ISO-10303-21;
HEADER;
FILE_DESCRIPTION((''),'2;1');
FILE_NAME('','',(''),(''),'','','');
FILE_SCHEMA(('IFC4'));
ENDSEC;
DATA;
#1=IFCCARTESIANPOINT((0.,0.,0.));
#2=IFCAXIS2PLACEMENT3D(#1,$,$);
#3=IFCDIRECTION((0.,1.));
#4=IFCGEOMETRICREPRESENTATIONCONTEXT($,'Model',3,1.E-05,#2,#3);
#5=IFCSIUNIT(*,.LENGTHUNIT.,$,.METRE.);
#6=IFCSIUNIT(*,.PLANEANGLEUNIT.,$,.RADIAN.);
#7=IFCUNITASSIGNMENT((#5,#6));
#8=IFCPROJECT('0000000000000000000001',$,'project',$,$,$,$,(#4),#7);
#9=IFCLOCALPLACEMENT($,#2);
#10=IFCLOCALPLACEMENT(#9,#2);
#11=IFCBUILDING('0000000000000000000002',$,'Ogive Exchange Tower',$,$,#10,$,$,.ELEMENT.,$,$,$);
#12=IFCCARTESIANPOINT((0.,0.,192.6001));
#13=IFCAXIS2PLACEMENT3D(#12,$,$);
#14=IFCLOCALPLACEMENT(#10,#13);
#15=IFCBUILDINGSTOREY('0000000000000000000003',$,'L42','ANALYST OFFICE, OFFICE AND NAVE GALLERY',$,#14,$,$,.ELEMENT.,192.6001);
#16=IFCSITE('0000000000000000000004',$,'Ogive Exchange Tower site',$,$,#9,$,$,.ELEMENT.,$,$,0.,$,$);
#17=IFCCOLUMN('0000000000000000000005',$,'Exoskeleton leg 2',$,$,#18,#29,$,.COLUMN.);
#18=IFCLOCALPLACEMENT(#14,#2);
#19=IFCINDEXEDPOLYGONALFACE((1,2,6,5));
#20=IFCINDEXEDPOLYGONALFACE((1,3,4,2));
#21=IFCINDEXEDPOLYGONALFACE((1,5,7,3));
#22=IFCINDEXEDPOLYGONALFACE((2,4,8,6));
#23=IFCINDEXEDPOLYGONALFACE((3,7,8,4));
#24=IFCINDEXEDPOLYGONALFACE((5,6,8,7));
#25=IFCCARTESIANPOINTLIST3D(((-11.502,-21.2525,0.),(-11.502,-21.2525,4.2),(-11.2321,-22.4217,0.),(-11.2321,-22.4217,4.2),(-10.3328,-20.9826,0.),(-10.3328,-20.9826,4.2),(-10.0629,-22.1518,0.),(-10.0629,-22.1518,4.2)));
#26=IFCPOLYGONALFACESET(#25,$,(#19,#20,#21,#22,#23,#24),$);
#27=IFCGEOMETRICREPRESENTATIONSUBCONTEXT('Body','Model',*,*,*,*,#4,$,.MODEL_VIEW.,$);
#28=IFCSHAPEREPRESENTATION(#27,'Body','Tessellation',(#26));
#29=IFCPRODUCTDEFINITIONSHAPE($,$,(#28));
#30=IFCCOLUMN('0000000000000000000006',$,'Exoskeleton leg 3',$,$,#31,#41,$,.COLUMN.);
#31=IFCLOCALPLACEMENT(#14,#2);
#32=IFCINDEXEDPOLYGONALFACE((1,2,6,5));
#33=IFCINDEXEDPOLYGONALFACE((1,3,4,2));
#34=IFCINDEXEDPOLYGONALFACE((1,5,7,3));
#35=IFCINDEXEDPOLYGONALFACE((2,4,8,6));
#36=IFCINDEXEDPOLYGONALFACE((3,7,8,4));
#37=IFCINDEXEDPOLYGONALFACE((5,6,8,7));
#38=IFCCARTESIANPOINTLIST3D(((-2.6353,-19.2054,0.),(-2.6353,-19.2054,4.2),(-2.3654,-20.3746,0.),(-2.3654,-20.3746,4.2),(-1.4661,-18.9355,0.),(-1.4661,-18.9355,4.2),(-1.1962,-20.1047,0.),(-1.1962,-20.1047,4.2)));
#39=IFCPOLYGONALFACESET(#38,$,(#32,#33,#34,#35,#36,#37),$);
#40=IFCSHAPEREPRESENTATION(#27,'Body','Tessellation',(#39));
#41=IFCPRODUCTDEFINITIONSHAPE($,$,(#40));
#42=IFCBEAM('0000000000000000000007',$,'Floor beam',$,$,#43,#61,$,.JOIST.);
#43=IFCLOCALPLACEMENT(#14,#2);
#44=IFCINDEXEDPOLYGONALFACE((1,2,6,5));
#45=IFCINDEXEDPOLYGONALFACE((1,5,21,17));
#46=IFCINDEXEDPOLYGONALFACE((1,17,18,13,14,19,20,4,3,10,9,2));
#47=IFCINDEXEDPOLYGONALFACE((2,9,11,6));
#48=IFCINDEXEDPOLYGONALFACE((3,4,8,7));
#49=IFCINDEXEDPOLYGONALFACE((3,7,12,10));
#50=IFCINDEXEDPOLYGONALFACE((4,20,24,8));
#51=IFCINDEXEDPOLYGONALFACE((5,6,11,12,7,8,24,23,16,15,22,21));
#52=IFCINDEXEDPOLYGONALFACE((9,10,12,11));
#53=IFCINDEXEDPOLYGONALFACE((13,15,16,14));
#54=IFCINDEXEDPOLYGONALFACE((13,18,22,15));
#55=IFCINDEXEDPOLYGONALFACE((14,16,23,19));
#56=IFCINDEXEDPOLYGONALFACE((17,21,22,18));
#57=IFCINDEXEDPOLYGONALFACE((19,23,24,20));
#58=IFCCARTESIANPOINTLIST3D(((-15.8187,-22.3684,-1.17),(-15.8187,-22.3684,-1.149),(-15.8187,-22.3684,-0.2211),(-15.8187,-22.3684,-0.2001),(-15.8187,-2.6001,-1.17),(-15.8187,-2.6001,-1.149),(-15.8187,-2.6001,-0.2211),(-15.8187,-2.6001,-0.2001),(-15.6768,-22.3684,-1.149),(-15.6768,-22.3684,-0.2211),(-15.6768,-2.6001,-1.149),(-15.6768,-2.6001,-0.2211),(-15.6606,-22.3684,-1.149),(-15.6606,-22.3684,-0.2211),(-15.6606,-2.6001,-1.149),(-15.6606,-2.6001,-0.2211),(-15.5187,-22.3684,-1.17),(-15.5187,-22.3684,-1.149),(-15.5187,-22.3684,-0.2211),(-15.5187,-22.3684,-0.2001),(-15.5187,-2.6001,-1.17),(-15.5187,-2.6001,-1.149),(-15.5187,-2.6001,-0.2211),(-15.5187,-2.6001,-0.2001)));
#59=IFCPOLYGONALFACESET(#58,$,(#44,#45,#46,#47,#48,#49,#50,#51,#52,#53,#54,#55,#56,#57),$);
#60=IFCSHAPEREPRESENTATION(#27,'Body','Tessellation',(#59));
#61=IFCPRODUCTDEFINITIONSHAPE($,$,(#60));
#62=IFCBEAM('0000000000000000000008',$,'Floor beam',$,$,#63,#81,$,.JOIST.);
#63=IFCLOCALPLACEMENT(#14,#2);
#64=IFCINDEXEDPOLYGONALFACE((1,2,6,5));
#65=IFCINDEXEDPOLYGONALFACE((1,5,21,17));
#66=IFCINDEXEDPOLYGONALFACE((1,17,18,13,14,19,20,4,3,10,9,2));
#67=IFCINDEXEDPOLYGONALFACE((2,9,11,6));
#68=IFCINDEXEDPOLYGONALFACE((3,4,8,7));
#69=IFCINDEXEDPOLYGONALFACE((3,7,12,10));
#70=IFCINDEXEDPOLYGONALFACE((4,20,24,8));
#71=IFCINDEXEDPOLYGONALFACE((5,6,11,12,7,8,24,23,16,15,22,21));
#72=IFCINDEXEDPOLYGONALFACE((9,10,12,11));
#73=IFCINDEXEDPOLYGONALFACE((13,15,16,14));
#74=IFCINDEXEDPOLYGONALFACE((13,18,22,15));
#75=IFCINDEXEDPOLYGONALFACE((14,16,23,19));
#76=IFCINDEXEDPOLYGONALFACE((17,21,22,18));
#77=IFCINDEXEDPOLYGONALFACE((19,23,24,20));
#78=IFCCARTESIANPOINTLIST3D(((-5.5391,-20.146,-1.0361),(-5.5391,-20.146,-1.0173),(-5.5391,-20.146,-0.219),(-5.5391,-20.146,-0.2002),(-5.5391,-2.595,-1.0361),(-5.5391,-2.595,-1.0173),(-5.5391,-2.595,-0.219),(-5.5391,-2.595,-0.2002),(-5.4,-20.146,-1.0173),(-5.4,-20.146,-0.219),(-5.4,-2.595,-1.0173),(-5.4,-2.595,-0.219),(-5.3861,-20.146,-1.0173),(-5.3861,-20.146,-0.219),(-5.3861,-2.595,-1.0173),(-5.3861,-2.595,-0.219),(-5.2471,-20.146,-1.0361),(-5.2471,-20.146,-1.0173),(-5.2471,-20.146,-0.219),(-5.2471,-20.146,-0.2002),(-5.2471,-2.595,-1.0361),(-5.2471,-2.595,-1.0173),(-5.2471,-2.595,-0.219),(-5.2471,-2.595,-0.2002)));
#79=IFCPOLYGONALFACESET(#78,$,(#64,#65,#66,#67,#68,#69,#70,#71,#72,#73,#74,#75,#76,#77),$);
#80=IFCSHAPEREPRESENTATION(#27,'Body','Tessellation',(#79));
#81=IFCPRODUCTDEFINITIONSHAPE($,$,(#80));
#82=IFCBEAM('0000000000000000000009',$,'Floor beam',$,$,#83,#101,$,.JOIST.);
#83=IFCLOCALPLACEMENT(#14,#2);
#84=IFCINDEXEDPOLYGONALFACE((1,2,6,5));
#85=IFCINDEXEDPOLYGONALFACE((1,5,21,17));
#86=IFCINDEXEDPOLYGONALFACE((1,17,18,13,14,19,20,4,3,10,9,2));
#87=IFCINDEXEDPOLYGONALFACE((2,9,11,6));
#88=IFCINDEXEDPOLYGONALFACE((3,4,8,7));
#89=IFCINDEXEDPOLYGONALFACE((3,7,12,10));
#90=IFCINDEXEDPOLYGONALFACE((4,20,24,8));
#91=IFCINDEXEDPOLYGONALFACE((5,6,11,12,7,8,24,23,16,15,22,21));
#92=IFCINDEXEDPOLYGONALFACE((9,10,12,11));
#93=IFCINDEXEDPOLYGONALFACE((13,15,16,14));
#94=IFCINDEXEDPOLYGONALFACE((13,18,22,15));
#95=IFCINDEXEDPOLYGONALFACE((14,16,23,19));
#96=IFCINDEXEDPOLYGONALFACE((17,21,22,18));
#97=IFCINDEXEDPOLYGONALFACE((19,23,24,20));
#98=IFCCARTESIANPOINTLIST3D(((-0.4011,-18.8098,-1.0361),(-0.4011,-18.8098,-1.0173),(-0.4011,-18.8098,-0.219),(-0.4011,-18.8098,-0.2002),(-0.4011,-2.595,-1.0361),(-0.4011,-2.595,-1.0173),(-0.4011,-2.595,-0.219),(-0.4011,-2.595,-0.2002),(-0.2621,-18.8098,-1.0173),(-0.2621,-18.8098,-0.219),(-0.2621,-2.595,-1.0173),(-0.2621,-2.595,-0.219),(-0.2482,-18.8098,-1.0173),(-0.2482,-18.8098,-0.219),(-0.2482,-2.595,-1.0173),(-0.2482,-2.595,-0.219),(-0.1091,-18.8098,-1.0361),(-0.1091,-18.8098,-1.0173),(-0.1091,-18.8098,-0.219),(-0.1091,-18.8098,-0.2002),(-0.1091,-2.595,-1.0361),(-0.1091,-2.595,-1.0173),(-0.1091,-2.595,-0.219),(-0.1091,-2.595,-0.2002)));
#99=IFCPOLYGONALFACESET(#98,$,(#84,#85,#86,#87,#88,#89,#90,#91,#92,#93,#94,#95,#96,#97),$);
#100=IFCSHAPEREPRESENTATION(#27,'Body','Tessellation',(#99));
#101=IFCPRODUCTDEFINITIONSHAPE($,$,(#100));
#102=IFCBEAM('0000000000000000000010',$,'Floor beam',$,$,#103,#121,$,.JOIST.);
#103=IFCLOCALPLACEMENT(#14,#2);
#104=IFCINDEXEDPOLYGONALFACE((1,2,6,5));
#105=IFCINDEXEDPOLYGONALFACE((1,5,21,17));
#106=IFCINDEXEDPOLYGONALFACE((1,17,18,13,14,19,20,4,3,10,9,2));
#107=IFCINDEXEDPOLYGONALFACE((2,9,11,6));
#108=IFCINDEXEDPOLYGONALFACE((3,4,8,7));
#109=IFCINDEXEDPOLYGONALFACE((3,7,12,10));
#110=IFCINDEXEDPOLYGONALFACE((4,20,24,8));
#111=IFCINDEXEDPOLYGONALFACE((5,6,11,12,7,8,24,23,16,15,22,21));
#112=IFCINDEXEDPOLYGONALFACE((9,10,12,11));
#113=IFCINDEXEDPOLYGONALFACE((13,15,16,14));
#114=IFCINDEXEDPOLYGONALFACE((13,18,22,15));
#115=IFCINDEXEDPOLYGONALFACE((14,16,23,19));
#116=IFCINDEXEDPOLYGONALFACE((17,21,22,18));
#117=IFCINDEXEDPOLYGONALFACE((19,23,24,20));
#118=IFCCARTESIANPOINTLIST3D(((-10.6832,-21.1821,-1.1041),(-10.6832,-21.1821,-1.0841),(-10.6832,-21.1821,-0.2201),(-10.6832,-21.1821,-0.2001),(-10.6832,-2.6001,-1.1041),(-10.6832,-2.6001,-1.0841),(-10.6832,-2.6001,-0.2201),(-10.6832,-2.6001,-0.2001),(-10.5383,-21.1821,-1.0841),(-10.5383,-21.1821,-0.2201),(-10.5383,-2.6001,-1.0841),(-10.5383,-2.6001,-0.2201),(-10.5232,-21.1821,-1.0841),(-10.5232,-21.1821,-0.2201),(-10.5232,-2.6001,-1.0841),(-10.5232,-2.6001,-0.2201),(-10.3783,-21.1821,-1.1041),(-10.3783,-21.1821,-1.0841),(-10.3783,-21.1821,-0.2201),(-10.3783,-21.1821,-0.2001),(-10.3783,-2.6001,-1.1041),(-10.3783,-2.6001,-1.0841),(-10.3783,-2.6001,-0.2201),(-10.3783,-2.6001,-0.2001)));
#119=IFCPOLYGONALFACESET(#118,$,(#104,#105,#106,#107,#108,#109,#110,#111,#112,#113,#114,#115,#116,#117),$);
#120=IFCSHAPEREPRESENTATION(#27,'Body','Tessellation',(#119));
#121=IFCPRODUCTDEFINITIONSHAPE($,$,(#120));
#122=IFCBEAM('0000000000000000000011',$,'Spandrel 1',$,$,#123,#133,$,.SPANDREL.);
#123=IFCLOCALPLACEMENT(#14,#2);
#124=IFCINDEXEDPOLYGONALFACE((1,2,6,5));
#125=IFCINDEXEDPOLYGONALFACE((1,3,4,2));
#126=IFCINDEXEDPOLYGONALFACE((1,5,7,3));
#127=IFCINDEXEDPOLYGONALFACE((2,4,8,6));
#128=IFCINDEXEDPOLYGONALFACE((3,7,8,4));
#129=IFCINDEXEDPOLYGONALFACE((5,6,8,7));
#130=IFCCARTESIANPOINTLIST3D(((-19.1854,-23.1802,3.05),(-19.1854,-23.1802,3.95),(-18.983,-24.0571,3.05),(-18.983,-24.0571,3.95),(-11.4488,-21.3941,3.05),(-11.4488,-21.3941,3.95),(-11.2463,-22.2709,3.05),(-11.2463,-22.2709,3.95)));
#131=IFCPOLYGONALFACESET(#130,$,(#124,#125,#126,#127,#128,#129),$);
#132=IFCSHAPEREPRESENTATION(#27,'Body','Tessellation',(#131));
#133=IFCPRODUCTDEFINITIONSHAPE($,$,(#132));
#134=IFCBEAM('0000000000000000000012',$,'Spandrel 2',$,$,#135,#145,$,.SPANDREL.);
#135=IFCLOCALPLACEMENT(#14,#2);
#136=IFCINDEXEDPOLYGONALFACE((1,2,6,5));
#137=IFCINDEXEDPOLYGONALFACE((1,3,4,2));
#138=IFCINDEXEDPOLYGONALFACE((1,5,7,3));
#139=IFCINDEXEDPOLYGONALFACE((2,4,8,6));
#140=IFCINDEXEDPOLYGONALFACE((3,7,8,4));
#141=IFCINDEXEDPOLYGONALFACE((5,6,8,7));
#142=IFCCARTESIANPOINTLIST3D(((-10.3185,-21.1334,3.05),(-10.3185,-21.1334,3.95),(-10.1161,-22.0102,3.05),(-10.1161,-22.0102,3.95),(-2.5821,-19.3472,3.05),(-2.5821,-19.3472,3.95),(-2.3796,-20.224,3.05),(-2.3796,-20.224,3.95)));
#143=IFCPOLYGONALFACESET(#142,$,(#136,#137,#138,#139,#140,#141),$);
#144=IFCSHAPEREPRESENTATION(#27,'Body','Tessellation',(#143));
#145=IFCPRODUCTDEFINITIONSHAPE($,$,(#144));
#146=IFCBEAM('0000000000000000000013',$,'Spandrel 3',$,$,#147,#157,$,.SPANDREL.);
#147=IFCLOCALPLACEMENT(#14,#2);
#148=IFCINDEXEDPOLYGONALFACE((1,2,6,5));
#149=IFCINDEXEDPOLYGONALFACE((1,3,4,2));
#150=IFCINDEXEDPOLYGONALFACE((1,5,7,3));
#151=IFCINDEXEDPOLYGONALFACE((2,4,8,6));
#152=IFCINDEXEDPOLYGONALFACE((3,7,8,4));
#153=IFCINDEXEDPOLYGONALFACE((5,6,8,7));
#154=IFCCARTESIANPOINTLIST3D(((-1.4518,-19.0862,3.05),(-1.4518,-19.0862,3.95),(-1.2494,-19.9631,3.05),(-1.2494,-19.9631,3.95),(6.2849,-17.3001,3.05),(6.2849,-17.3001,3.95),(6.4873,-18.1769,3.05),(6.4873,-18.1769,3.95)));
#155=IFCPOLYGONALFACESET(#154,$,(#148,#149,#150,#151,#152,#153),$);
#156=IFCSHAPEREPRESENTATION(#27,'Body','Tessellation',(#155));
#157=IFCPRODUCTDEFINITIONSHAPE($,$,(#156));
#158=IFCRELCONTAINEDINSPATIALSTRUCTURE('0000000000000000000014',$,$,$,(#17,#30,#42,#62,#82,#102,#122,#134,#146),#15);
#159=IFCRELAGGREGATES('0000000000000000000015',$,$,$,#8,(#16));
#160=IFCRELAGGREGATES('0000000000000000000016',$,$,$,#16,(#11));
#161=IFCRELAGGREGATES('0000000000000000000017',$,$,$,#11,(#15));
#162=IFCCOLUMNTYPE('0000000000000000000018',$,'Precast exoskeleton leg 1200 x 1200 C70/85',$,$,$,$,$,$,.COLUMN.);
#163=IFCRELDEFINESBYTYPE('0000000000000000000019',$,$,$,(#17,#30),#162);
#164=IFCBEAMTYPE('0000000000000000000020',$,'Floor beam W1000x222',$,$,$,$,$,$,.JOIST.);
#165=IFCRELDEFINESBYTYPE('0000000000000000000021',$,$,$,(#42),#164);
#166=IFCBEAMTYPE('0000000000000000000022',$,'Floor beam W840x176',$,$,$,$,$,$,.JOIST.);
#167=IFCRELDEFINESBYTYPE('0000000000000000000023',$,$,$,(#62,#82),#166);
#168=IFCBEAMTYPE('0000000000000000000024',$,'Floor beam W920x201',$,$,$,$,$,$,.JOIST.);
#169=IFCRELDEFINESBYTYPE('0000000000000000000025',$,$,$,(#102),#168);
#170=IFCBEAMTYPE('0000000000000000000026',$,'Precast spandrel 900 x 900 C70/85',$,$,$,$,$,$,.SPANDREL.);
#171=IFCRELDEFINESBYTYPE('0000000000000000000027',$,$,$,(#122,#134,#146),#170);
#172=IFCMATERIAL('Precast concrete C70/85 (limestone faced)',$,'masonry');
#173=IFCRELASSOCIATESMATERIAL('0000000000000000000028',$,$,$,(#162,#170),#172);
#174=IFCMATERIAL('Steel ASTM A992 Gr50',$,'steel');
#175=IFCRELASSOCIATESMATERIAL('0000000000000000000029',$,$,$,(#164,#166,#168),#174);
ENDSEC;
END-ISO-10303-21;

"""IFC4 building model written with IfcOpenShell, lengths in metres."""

from ifc_helpers import new_model, si_unit, direction, frame, origin, origin_2d, place, context, subcontext, project, spatial, rectangle, i_section, extrude, material, material_profile, profile_set, type_object, element, save


model = new_model("IFC4")

# Units and contexts
model_context = context("Model", 3, precision=1e-05, world=origin(), true_north=direction((0.0, 1.0)))
body_context = subcontext(model_context, "Body", "Model", "MODEL_VIEW")
ifc_project = project(units=[si_unit("LENGTHUNIT", "METRE"), si_unit("PLANEANGLEUNIT", "RADIAN")], contexts=[model_context])

# Site, building, storey
site_placement = place(None, origin())
site = spatial("IfcSite", under=ifc_project, at=site_placement, Name="Ogive Exchange Tower site", CompositionType="ELEMENT", RefElevation=0.0)
building_placement = place(site_placement, origin())
building = spatial("IfcBuilding", under=site, at=building_placement, Name="Ogive Exchange Tower", CompositionType="ELEMENT")
storey_placement = place(building_placement, frame((0.0, 0.0, 192.6001)))
storey = spatial("IfcBuildingStorey", under=building, at=storey_placement, Name="L42", Description="ANALYST OFFICE, OFFICE AND NAVE GALLERY", CompositionType="ELEMENT", Elevation=192.6001)

# Columns
ifc_material_1 = material(Name="Precast concrete C70/85 (limestone faced)", Category="masonry")
ifc_material_profile_1 = material_profile(ifc_material_1, rectangle(XDim=1.2, YDim=1.2, at=origin_2d()), Name="1200 x 1200")
ifc_profile_set_1 = profile_set([ifc_material_profile_1], Name="Precast concrete C70/85 (limestone faced)")
column_type = type_object("IfcColumnType", Name="Precast exoskeleton leg 1200 x 1200 C70/85", PredefinedType="COLUMN", material=ifc_profile_set_1)
for number, where, z_axis, x_axis, name in (
    (1, (-10.7825, -21.7021, 0.0), (0.0, 0.0, 1.0), (0.97437, 0.224951, 0.0), "Exoskeleton leg 2"),
    (2, (-1.9158, -19.655, 0.0), (0.0, 0.0, 1.0), (0.97437, 0.224951, 0.0), "Exoskeleton leg 3"),
):
    element("IfcColumn", number, at=place(storey_placement, frame(where, z_axis=z_axis, x_axis=x_axis)), inside=storey, type_object=column_type, Name=name, PredefinedType="COLUMN", context=body_context, shape_type="SweptSolid", body=[
        extrude(rectangle(XDim=1.2, YDim=1.2, at=origin_2d()), origin(), (0.0, 0.0, 1.0), 4.2),
    ])

# Beams
ifc_material_2 = material(Name="Steel ASTM A992 Gr50", Category="steel")
ifc_material_profile_2 = material_profile(ifc_material_2, i_section(OverallWidth=0.3, OverallDepth=0.97, WebThickness=0.0161, FlangeThickness=0.021, at=origin_2d()), Name="W1000x222")
ifc_profile_set_2 = profile_set([ifc_material_profile_2], Name="Steel ASTM A992 Gr50")
beam_type_1 = type_object("IfcBeamType", Name="Floor beam W1000x222", PredefinedType="JOIST", material=ifc_profile_set_2)
beam_1_placement = place(storey_placement, frame((-15.6687, -22.3684, -0.6851), z_axis=(0.0, 1.0, 0.0), x_axis=(-1.0, 0.0, 0.0)))
element("IfcBeam", 3, at=beam_1_placement, inside=storey, type_object=beam_type_1, Name="Floor beam", PredefinedType="JOIST", context=body_context, shape_type="SweptSolid", body=[
    extrude(i_section(OverallWidth=0.3, OverallDepth=0.97, WebThickness=0.0161, FlangeThickness=0.021, at=origin_2d()), origin(), (0.0, 0.0, 1.0), 19.7683),
])
ifc_material_profile_3 = material_profile(ifc_material_2, i_section(OverallWidth=0.292, OverallDepth=0.8359, WebThickness=0.0139, FlangeThickness=0.0188, at=origin_2d()), Name="W840x176")
ifc_profile_set_3 = profile_set([ifc_material_profile_3], Name="Steel ASTM A992 Gr50")
beam_type_2 = type_object("IfcBeamType", Name="Floor beam W840x176", PredefinedType="JOIST", material=ifc_profile_set_3)
beam_2_placement = place(storey_placement, frame((-5.3931, -20.146, -0.6182), z_axis=(0.0, 1.0, 0.0), x_axis=(-1.0, 0.0, 0.0)))
element("IfcBeam", 4, at=beam_2_placement, inside=storey, type_object=beam_type_2, Name="Floor beam", PredefinedType="JOIST", context=body_context, shape_type="SweptSolid", body=[
    extrude(i_section(OverallWidth=0.292, OverallDepth=0.8359, WebThickness=0.0139, FlangeThickness=0.0188, at=origin_2d()), origin(), (0.0, 0.0, 1.0), 17.551),
])
beam_3_placement = place(storey_placement, frame((-0.2551, -18.8098, -0.6182), z_axis=(0.0, 1.0, 0.0), x_axis=(-1.0, 0.0, 0.0)))
element("IfcBeam", 5, at=beam_3_placement, inside=storey, type_object=beam_type_2, Name="Floor beam", PredefinedType="JOIST", context=body_context, shape_type="SweptSolid", body=[
    extrude(i_section(OverallWidth=0.292, OverallDepth=0.8359, WebThickness=0.0139, FlangeThickness=0.0188, at=origin_2d()), origin(), (0.0, 0.0, 1.0), 16.2148),
])
ifc_material_profile_4 = material_profile(ifc_material_2, i_section(OverallWidth=0.3049, OverallDepth=0.9041, WebThickness=0.0151, FlangeThickness=0.02, at=origin_2d()), Name="W920x201")
ifc_profile_set_4 = profile_set([ifc_material_profile_4], Name="Steel ASTM A992 Gr50")
beam_type_3 = type_object("IfcBeamType", Name="Floor beam W920x201", PredefinedType="JOIST", material=ifc_profile_set_4)
beam_4_placement = place(storey_placement, frame((-10.5308, -21.1821, -0.6521), z_axis=(0.0, 1.0, 0.0), x_axis=(-1.0, 0.0, 0.0)))
element("IfcBeam", 6, at=beam_4_placement, inside=storey, type_object=beam_type_3, Name="Floor beam", PredefinedType="JOIST", context=body_context, shape_type="SweptSolid", body=[
    extrude(i_section(OverallWidth=0.3049, OverallDepth=0.9041, WebThickness=0.0151, FlangeThickness=0.02, at=origin_2d()), origin(), (0.0, 0.0, 1.0), 18.582),
])
ifc_material_profile_5 = material_profile(ifc_material_1, rectangle(XDim=0.8999, YDim=0.8999, at=origin_2d()), Name="900 x 900")
ifc_profile_set_5 = profile_set([ifc_material_profile_5], Name="Precast concrete C70/85 (limestone faced)")
beam_type_4 = type_object("IfcBeamType", Name="Precast spandrel 900 x 900 C70/85", PredefinedType="SPANDREL", material=ifc_profile_set_5)
beam_5_placement = place(storey_placement, frame((-19.0842, -23.6187, 3.5), z_axis=(0.97437, 0.224952, 0.0), x_axis=(-0.224952, 0.97437, 0.0)))
element("IfcBeam", 7, at=beam_5_placement, inside=storey, type_object=beam_type_4, Name="Spandrel 1", PredefinedType="SPANDREL", context=body_context, shape_type="SweptSolid", body=[
    extrude(rectangle(XDim=0.8999, YDim=0.8999, at=origin_2d()), origin(), (0.0, 0.0, 1.0), 7.9402),
])
beam_6_placement = place(storey_placement, frame((-10.2173, -21.5718, 3.5), z_axis=(0.974368, 0.224958, 0.0), x_axis=(-0.224958, 0.974368, 0.0)))
element("IfcBeam", 8, at=beam_6_placement, inside=storey, type_object=beam_type_4, Name="Spandrel 2", PredefinedType="SPANDREL", context=body_context, shape_type="SweptSolid", body=[
    extrude(rectangle(XDim=0.8999, YDim=0.8999, at=origin_2d()), origin(), (0.0, 0.0, 1.0), 7.9399),
])
beam_7_placement = place(storey_placement, frame((-1.3506, -19.5247, 3.5), z_axis=(0.97437, 0.224952, 0.0), x_axis=(-0.224952, 0.97437, 0.0)))
element("IfcBeam", 9, at=beam_7_placement, inside=storey, type_object=beam_type_4, Name="Spandrel 3", PredefinedType="SPANDREL", context=body_context, shape_type="SweptSolid", body=[
    extrude(rectangle(XDim=0.8999, YDim=0.8999, at=origin_2d()), origin(), (0.0, 0.0, 1.0), 7.9402),
])

save(model, "model.ifc")
